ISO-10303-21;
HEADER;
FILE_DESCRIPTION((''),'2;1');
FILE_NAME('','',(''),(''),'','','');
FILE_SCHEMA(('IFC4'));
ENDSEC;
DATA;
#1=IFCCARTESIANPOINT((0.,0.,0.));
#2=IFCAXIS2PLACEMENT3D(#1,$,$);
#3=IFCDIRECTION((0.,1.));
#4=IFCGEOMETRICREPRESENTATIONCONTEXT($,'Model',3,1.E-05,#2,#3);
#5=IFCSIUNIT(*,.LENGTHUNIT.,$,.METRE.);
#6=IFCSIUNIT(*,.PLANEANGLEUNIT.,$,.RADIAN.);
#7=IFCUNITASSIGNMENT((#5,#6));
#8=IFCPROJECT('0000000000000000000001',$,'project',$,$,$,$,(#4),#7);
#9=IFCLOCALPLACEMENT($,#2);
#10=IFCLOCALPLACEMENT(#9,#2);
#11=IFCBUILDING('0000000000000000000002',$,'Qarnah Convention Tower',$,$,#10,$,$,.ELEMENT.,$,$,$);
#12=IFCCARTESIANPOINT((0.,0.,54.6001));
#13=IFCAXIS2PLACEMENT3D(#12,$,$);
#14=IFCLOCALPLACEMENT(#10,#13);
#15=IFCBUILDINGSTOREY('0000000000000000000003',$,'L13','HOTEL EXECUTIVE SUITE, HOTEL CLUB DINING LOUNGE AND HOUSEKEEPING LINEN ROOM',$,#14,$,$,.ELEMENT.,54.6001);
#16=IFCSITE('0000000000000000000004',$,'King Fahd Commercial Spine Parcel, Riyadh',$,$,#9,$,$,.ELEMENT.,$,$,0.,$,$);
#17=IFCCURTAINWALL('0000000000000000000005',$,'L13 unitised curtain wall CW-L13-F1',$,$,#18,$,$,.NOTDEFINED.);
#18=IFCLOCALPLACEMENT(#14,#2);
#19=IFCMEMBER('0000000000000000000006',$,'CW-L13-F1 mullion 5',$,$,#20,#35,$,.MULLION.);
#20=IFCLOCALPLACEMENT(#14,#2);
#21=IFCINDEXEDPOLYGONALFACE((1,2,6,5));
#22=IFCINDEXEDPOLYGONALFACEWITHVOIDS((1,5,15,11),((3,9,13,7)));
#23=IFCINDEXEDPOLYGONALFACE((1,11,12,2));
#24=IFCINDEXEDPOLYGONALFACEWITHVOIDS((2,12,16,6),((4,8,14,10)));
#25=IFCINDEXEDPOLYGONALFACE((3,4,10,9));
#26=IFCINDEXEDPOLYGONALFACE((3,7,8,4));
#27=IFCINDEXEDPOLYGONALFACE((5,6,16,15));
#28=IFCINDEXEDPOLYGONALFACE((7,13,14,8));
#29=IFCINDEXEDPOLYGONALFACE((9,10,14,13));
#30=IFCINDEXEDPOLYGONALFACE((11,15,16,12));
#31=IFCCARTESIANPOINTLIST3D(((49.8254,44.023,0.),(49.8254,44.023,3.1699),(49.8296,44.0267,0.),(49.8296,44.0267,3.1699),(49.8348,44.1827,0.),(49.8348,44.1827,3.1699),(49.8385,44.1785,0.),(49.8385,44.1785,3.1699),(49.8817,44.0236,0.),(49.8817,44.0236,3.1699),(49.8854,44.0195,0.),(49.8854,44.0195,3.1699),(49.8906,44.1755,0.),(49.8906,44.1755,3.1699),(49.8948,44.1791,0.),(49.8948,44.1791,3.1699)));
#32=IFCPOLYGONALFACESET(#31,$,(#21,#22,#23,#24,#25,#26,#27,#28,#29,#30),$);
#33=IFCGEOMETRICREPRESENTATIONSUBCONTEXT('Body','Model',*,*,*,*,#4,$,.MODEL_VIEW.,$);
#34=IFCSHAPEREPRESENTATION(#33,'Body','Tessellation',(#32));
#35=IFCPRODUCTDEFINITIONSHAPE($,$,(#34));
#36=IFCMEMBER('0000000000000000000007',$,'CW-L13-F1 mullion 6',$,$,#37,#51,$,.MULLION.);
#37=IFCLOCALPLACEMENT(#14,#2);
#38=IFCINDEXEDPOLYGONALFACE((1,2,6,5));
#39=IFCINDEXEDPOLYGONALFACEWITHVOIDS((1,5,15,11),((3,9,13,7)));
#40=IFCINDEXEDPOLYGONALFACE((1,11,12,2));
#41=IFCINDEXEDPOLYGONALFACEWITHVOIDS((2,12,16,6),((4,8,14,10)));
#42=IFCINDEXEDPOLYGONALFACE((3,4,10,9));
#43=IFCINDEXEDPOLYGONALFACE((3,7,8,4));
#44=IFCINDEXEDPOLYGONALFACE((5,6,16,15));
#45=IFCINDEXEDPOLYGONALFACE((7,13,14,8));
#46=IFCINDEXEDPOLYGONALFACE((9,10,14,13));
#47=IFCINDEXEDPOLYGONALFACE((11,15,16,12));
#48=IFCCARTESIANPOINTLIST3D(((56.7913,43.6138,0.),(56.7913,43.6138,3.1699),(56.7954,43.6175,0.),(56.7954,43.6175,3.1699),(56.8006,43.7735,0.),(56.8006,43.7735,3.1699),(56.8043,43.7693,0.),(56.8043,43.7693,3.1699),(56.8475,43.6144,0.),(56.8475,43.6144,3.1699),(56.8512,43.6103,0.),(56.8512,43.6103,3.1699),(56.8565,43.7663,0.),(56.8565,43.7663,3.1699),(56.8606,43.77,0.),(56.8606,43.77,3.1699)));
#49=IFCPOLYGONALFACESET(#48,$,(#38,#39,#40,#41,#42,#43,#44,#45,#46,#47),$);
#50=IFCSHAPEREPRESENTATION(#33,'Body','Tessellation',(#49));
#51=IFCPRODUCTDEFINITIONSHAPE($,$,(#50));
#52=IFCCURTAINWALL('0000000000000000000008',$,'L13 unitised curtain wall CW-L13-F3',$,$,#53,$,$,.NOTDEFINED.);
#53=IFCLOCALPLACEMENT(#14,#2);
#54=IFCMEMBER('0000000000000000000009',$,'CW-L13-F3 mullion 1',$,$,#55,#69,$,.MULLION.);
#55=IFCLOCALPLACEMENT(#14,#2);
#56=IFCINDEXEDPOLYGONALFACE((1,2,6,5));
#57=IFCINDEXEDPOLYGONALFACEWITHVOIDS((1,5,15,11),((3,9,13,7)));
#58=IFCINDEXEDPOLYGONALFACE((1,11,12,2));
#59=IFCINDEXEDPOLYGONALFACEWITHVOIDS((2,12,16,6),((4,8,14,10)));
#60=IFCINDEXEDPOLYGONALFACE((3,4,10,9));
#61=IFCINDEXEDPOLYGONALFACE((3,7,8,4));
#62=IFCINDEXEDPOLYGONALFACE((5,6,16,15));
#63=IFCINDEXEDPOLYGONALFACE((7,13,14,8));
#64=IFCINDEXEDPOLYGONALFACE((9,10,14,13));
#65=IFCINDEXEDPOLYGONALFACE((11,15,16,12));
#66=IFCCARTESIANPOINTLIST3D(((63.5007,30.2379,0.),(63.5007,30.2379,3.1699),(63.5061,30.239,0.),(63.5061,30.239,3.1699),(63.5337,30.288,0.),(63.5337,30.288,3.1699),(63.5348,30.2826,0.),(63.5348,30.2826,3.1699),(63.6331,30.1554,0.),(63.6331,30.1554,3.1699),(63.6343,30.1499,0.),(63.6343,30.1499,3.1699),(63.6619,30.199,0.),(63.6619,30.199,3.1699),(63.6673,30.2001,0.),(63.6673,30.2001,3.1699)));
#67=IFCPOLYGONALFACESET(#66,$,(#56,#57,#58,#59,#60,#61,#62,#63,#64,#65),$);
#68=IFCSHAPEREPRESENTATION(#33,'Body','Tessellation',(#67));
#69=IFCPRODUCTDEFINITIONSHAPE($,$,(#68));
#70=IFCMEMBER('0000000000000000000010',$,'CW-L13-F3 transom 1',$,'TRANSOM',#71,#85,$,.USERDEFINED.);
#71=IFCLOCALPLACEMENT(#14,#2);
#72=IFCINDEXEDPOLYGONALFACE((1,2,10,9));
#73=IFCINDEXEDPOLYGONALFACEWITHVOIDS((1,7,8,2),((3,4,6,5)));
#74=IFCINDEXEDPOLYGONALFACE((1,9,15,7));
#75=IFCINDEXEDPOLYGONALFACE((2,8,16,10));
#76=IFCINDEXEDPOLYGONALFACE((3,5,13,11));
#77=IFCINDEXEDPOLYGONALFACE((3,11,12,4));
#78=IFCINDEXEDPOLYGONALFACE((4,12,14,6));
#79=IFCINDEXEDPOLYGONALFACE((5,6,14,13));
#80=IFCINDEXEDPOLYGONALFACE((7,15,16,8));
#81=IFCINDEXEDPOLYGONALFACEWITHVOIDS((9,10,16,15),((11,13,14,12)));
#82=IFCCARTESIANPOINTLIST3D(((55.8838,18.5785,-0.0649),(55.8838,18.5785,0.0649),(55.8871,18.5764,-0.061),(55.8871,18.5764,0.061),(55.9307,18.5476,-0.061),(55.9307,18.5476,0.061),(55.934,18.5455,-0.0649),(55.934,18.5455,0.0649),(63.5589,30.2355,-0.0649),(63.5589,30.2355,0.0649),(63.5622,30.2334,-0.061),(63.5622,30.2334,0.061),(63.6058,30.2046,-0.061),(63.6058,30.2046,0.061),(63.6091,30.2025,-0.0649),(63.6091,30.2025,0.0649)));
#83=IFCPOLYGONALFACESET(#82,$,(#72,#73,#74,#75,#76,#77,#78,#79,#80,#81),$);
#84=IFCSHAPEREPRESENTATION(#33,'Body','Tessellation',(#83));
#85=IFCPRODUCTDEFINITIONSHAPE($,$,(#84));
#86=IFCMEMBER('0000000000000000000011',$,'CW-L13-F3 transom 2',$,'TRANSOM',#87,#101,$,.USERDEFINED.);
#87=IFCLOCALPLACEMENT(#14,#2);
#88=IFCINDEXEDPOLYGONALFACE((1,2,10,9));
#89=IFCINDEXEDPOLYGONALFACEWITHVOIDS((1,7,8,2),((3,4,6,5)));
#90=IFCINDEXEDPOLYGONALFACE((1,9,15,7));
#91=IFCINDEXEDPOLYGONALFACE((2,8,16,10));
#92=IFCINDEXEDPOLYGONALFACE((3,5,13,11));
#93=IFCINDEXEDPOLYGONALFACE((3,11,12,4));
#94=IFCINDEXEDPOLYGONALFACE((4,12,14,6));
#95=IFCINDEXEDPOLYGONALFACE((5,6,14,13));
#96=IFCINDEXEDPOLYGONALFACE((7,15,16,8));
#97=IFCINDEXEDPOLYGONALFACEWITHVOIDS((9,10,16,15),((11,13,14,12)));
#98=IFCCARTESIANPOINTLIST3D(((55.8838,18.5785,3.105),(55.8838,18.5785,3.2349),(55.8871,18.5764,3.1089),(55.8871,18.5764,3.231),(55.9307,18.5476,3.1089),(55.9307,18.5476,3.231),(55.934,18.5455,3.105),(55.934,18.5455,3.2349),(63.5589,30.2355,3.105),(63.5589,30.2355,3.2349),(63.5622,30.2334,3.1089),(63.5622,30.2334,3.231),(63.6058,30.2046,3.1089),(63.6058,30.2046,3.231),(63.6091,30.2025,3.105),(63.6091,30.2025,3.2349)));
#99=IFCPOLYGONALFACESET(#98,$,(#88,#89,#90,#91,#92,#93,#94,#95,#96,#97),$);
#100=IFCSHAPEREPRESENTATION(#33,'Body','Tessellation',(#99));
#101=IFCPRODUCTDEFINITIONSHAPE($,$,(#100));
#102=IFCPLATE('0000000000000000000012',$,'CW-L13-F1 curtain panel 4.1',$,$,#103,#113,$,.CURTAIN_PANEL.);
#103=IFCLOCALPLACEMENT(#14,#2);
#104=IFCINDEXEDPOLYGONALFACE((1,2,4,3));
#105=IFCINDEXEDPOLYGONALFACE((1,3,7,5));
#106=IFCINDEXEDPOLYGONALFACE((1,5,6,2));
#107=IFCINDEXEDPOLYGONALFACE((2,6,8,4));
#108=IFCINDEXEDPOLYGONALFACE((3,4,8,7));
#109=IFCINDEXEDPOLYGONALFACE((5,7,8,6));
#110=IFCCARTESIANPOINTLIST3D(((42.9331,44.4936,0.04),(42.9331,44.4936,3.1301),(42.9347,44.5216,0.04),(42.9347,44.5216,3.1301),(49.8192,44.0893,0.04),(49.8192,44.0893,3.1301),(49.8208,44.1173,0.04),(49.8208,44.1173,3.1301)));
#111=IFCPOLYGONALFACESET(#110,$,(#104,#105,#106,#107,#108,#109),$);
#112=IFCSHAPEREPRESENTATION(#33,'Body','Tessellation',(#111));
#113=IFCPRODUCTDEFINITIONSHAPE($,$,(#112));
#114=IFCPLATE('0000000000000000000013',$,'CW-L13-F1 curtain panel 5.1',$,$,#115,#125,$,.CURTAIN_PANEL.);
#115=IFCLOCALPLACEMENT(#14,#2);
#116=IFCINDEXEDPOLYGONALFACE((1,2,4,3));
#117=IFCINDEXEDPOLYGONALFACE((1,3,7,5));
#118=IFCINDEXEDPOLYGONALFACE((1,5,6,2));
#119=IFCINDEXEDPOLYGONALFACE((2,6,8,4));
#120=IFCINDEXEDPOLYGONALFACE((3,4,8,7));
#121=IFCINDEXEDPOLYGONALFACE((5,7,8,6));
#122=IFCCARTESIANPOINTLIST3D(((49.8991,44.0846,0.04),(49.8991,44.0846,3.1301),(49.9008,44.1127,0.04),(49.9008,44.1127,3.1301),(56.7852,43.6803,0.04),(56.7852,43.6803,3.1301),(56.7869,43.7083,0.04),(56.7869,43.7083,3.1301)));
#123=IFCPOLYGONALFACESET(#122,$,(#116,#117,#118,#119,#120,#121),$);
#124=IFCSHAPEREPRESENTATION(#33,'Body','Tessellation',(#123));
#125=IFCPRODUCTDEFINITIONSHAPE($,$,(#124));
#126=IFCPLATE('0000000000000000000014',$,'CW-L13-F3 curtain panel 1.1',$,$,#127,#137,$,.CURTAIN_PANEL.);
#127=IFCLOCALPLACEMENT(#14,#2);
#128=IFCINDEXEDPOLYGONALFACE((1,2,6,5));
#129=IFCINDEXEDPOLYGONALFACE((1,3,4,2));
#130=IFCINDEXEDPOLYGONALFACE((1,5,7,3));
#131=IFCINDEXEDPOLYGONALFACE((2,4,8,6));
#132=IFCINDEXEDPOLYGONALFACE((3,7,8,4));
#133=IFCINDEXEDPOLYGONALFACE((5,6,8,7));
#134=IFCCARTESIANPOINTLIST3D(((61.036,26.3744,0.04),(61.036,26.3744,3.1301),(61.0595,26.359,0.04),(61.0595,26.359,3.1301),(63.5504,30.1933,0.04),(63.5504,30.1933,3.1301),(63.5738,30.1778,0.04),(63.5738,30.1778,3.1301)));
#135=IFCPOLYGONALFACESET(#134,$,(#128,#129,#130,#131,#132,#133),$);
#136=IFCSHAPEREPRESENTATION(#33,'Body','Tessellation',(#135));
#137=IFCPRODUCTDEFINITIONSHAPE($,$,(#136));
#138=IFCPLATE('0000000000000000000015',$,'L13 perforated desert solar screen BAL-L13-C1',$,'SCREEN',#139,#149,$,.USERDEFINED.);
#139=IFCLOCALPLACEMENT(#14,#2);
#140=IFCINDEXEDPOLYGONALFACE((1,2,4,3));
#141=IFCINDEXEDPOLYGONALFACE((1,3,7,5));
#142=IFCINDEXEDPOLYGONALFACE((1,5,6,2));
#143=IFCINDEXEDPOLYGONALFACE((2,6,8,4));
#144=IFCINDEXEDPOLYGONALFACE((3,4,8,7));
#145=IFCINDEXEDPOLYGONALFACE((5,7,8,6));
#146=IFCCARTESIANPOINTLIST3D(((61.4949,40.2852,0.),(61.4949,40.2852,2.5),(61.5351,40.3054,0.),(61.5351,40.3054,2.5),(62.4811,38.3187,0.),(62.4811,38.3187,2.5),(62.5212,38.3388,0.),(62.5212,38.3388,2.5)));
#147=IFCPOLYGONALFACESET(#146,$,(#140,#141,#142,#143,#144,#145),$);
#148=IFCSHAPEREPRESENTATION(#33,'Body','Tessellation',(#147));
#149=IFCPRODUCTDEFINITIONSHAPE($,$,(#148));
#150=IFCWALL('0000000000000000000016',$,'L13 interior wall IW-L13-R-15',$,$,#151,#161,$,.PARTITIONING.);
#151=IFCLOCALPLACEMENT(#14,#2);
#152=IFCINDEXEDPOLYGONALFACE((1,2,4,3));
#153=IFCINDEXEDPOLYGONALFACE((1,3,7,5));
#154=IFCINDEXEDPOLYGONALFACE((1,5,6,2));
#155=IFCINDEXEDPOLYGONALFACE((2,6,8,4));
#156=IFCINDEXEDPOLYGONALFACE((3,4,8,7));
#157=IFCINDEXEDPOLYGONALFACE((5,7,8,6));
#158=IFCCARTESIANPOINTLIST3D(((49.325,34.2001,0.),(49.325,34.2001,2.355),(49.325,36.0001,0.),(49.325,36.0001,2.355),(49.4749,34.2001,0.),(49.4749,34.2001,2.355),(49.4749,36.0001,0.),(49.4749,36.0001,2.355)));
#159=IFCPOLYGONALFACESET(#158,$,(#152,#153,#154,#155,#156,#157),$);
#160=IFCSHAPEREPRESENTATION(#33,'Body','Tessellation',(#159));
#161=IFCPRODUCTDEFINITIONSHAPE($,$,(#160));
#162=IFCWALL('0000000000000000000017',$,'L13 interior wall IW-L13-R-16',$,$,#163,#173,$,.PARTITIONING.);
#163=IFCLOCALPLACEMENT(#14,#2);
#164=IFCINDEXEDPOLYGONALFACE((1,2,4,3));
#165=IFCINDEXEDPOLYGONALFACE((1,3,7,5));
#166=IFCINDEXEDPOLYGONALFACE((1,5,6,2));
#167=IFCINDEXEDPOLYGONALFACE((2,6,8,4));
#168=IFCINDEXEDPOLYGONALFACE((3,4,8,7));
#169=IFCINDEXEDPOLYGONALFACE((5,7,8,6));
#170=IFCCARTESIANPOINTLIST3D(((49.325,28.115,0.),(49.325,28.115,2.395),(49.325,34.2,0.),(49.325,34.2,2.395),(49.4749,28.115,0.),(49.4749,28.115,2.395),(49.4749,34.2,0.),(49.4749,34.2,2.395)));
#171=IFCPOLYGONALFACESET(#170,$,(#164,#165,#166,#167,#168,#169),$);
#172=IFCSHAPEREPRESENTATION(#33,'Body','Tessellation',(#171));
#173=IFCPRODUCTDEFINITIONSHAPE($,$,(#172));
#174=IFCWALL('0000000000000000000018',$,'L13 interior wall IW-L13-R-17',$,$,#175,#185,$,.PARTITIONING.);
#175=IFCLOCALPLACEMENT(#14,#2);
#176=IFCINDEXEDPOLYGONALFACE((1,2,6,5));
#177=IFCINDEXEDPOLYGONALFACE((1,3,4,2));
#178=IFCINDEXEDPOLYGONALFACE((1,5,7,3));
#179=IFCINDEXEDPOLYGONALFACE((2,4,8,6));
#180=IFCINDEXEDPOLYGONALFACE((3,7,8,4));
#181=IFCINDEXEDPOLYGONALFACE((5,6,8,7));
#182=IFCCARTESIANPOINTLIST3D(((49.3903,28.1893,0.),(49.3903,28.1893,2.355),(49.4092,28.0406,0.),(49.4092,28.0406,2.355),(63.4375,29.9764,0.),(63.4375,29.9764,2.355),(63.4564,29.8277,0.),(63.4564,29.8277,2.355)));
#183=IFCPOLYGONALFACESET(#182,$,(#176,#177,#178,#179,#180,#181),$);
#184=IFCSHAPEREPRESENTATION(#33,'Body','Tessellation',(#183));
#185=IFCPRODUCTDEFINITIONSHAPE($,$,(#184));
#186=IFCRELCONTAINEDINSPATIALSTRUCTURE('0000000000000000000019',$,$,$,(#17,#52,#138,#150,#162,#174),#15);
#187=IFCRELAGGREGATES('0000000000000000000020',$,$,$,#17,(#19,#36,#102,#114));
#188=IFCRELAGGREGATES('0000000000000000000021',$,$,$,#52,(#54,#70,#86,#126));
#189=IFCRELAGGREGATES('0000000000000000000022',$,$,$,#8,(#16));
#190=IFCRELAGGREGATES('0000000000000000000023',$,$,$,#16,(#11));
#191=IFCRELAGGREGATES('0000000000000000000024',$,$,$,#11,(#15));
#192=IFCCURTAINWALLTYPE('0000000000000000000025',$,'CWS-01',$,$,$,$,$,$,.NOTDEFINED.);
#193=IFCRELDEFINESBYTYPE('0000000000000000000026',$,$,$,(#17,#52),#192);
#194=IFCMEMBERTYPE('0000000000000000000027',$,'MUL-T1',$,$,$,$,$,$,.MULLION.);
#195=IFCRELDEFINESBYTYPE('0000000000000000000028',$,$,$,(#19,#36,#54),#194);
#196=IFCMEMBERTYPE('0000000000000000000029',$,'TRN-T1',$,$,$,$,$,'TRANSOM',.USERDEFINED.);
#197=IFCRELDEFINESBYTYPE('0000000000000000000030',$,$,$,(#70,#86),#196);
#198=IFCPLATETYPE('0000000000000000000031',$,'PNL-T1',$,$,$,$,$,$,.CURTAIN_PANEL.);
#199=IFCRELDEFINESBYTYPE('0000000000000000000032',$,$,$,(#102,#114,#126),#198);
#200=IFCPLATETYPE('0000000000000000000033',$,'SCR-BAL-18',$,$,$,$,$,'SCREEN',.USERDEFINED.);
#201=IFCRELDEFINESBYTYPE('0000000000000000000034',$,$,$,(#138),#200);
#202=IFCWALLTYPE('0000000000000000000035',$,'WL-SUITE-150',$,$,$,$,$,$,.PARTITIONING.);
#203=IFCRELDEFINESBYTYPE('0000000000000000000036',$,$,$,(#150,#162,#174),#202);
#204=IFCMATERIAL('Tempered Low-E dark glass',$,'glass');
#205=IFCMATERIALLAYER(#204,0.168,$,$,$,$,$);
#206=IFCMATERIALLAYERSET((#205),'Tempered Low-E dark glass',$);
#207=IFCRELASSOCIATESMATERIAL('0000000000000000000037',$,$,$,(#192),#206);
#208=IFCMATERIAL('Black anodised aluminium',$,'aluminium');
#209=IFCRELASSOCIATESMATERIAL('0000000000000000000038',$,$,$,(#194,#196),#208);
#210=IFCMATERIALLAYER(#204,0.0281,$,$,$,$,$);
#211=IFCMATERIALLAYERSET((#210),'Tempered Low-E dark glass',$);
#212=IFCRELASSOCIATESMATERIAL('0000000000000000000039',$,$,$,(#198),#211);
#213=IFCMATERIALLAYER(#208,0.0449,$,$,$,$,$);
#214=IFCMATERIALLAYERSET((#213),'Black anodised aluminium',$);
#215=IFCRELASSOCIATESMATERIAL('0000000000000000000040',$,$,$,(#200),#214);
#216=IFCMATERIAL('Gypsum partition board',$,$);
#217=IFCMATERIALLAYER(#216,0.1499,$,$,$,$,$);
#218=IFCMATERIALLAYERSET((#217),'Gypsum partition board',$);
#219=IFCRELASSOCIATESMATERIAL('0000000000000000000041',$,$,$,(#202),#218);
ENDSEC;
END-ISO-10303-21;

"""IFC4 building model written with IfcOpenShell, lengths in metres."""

from ifc_helpers import new_model, si_unit, direction, frame, frame_2d, origin, origin_2d, place, context, subcontext, project, spatial, rectangle, hollow_rectangle, extrude, material, layer, layer_set, material_profile, profile_set, type_object, element, aggregate, save


model = new_model("IFC4")

# Units and contexts
model_context = context("Model", 3, precision=1e-05, world=origin(), true_north=direction((0.0, 1.0)))
body_context = subcontext(model_context, "Body", "Model", "MODEL_VIEW")
ifc_project = project(units=[si_unit("LENGTHUNIT", "METRE"), si_unit("PLANEANGLEUNIT", "RADIAN")], contexts=[model_context])

# Site, building, storey
site_placement = place(None, origin())
site = spatial("IfcSite", under=ifc_project, at=site_placement, Name="King Fahd Commercial Spine Parcel, Riyadh", CompositionType="ELEMENT", RefElevation=0.0)
building_placement = place(site_placement, origin())
building = spatial("IfcBuilding", under=site, at=building_placement, Name="Qarnah Convention Tower", CompositionType="ELEMENT")
storey_placement = place(building_placement, frame((0.0, 0.0, 54.6001)))
storey = spatial("IfcBuildingStorey", under=building, at=storey_placement, Name="L13", Description="HOTEL EXECUTIVE SUITE, HOTEL CLUB DINING LOUNGE AND HOUSEKEEPING LINEN ROOM", CompositionType="ELEMENT", Elevation=54.6001)

# Curtain walls, members
ifc_material_1 = material(Name="Tempered Low-E dark glass", Category="glass")
ifc_layer_1 = layer(ifc_material_1, 0.168)
ifc_layer_set_1 = layer_set([ifc_layer_1], Name="Tempered Low-E dark glass")
curtain_wall_type = type_object("IfcCurtainWallType", Name="CWS-01", PredefinedType="NOTDEFINED", material=ifc_layer_set_1)
curtain_wall_1_placement = place(storey_placement, origin())
curtain_wall_1 = element("IfcCurtainWall", 1, at=curtain_wall_1_placement, inside=storey, type_object=curtain_wall_type, Name="L13 unitised curtain wall CW-L13-F1", PredefinedType="NOTDEFINED")
ifc_material_2 = material(Name="Black anodised aluminium", Category="aluminium")
ifc_material_profile_1 = material_profile(ifc_material_2, hollow_rectangle(XDim=0.0601, YDim=0.1599, WallThickness=0.0039, at=origin_2d()), Name="MUL-60X160")
ifc_profile_set_1 = profile_set([ifc_material_profile_1], Name="Black anodised aluminium")
member_type_1 = type_object("IfcMemberType", Name="MUL-T1", PredefinedType="MULLION", material=ifc_profile_set_1)
member_1_placement = place(storey_placement, frame((49.8601, 44.1011, 0.0), z_axis=(0.0, 0.0, 1.0), x_axis=(0.998281, -0.058613, 0.0)))
member_1 = element("IfcMember", 2, at=member_1_placement, type_object=member_type_1, Name="CW-L13-F1 mullion 5", PredefinedType="MULLION", context=body_context, shape_type="SweptSolid", body=[
    extrude(hollow_rectangle(XDim=0.0601, YDim=0.1599, WallThickness=0.0039, at=origin_2d()), origin(), (0.0, 0.0, 1.0), 3.1699),
])
member_2_placement = place(storey_placement, frame((56.8259, 43.6919, 0.0), z_axis=(0.0, 0.0, 1.0), x_axis=(0.998281, -0.058613, 0.0)))
member_2 = element("IfcMember", 3, at=member_2_placement, type_object=member_type_1, Name="CW-L13-F1 mullion 6", PredefinedType="MULLION", context=body_context, shape_type="SweptSolid", body=[
    extrude(hollow_rectangle(XDim=0.0601, YDim=0.1599, WallThickness=0.0039, at=origin_2d()), origin(), (0.0, 0.0, 1.0), 3.1699),
])
curtain_wall_2_placement = place(storey_placement, origin())
curtain_wall_2 = element("IfcCurtainWall", 4, at=curtain_wall_2_placement, inside=storey, type_object=curtain_wall_type, Name="L13 unitised curtain wall CW-L13-F3", PredefinedType="NOTDEFINED")
member_3_placement = place(storey_placement, frame((63.584, 30.219, 0.0), z_axis=(0.0, 0.0, 1.0), x_axis=(-0.549913, -0.835222, 0.0)))
member_3 = element("IfcMember", 5, at=member_3_placement, type_object=member_type_1, Name="CW-L13-F3 mullion 1", PredefinedType="MULLION", context=body_context, shape_type="SweptSolid", body=[
    extrude(hollow_rectangle(XDim=0.0601, YDim=0.1599, WallThickness=0.0039, at=origin_2d()), origin(), (0.0, 0.0, 1.0), 3.1699),
])
ifc_material_profile_2 = material_profile(ifc_material_2, hollow_rectangle(XDim=0.0601, YDim=0.1299, WallThickness=0.0039, at=origin_2d()), Name="TRN-60X130")
ifc_profile_set_2 = profile_set([ifc_material_profile_2], Name="Black anodised aluminium")
member_type_2 = type_object("IfcMemberType", Name="TRN-T1", ElementType="TRANSOM", PredefinedType="USERDEFINED", material=ifc_profile_set_2)
member_4_placement = place(storey_placement, frame((63.584, 30.219, 0.0), z_axis=(-0.549916, -0.83522, 0.0), x_axis=(0.83522, -0.549916, 0.0)))
member_4 = element("IfcMember", 6, at=member_4_placement, type_object=member_type_2, Name="CW-L13-F3 transom 1", ObjectType="TRANSOM", PredefinedType="USERDEFINED", context=body_context, shape_type="SweptSolid", body=[
    extrude(hollow_rectangle(XDim=0.0601, YDim=0.1299, WallThickness=0.0039, at=origin_2d()), origin(), (0.0, 0.0, 1.0), 13.9568),
])
member_5_placement = place(storey_placement, frame((63.584, 30.219, 3.1699), z_axis=(-0.549916, -0.83522, 0.0), x_axis=(0.83522, -0.549916, 0.0)))
member_5 = element("IfcMember", 7, at=member_5_placement, type_object=member_type_2, Name="CW-L13-F3 transom 2", ObjectType="TRANSOM", PredefinedType="USERDEFINED", context=body_context, shape_type="SweptSolid", body=[
    extrude(hollow_rectangle(XDim=0.0601, YDim=0.1299, WallThickness=0.0039, at=origin_2d()), origin(), (0.0, 0.0, 1.0), 13.9568),
])

# Plates
ifc_layer_2 = layer(ifc_material_1, 0.0281)
ifc_layer_set_2 = layer_set([ifc_layer_2], Name="Tempered Low-E dark glass")
plate_type_1 = type_object("IfcPlateType", Name="PNL-T1", PredefinedType="CURTAIN_PANEL", material=ifc_layer_set_2)
plate_1_placement = place(storey_placement, frame((46.377, 44.3054, 0.04), z_axis=(0.0, 0.0, 1.0), x_axis=(0.998281, -0.058613, 0.0)))
plate_1 = element("IfcPlate", 8, at=plate_1_placement, type_object=plate_type_1, Name="CW-L13-F1 curtain panel 4.1", PredefinedType="CURTAIN_PANEL", context=body_context, shape_type="SweptSolid", body=[
    extrude(rectangle(XDim=6.8979, YDim=0.0281, at=origin_2d()), origin(), (0.0, 0.0, 1.0), 3.0901),
])
plate_2_placement = place(storey_placement, frame((53.343, 43.8965, 0.04), z_axis=(0.0, 0.0, 1.0), x_axis=(0.998281, -0.058613, 0.0)))
plate_2 = element("IfcPlate", 9, at=plate_2_placement, type_object=plate_type_1, Name="CW-L13-F1 curtain panel 5.1", PredefinedType="CURTAIN_PANEL", context=body_context, shape_type="SweptSolid", body=[
    extrude(rectangle(XDim=6.8979, YDim=0.0281, at=origin_2d()), origin(), (0.0, 0.0, 1.0), 3.0901),
])
aggregate(curtain_wall_1, [member_1, member_2, plate_1, plate_2])
plate_3_placement = place(storey_placement, frame((62.3049, 28.2761, 0.04), z_axis=(0.0, 0.0, 1.0), x_axis=(-0.549913, -0.835222, 0.0)))
plate_3 = element("IfcPlate", 10, at=plate_3_placement, type_object=plate_type_1, Name="CW-L13-F3 curtain panel 1.1", PredefinedType="CURTAIN_PANEL", context=body_context, shape_type="SweptSolid", body=[
    extrude(rectangle(XDim=4.5723, YDim=0.0281, at=origin_2d()), origin(), (0.0, 0.0, 1.0), 3.0901),
])
aggregate(curtain_wall_2, [member_3, member_4, member_5, plate_3])
ifc_layer_3 = layer(ifc_material_2, 0.0449)
ifc_layer_set_3 = layer_set([ifc_layer_3], Name="Black anodised aluminium")
plate_type_2 = type_object("IfcPlateType", Name="SCR-BAL-18", ElementType="SCREEN", PredefinedType="USERDEFINED", material=ifc_layer_set_3)
plate_4_placement = place(storey_placement, frame((62.0081, 39.312, 0.0), z_axis=(0.0, 0.0, 1.0), x_axis=(0.448257, -0.893905, 0.0)))
element("IfcPlate", 11, at=plate_4_placement, inside=storey, type_object=plate_type_2, Name="L13 perforated desert solar screen BAL-L13-C1", ObjectType="SCREEN", PredefinedType="USERDEFINED", context=body_context, shape_type="SweptSolid", body=[
    extrude(rectangle(XDim=2.2, YDim=0.0449, at=origin_2d()), origin(), (0.0, 0.0, 1.0), 2.5),
])

# Walls
ifc_material_3 = material(Name="Gypsum partition board")
ifc_layer_4 = layer(ifc_material_3, 0.1499)
ifc_layer_set_4 = layer_set([ifc_layer_4], Name="Gypsum partition board")
wall_type_1 = type_object("IfcWallType", Name="WL-SUITE-150", PredefinedType="PARTITIONING", material=ifc_layer_set_4)
wall_1_placement = place(storey_placement, frame((49.3999, 36.0, 0.0), z_axis=(0.0, 0.0, 1.0), x_axis=(0.0, -1.0, 0.0)))
element("IfcWall", 12, at=wall_1_placement, inside=storey, type_object=wall_type_1, Name="L13 interior wall IW-L13-R-15", PredefinedType="PARTITIONING", context=body_context, shape_type="SweptSolid", body=[
    extrude(rectangle(XDim=1.8, YDim=0.1499, at=frame_2d((0.8999, 0.0))), origin(), (0.0, 0.0, 1.0), 2.355),
])
wall_2_placement = place(storey_placement, frame((49.3999, 34.2, 0.0), z_axis=(0.0, 0.0, 1.0), x_axis=(0.0, -1.0, 0.0)))
element("IfcWall", 13, at=wall_2_placement, inside=storey, type_object=wall_type_1, Name="L13 interior wall IW-L13-R-16", PredefinedType="PARTITIONING", context=body_context, shape_type="SweptSolid", body=[
    extrude(rectangle(XDim=6.085, YDim=0.1499, at=frame_2d((3.0425, 0.0))), origin(), (0.0, 0.0, 1.0), 2.395),
])
wall_3_placement = place(storey_placement, frame((49.3999, 28.115, 0.0), z_axis=(0.0, 0.0, 1.0), x_axis=(0.992004, 0.126205, 0.0)))
element("IfcWall", 14, at=wall_3_placement, inside=storey, type_object=wall_type_1, Name="L13 interior wall IW-L13-R-17", PredefinedType="PARTITIONING", context=body_context, shape_type="SweptSolid", body=[
    extrude(rectangle(XDim=14.1604, YDim=0.1499, at=frame_2d((7.0801, 0.0))), origin(), (0.0, 0.0, 1.0), 2.355),
])

save(model, "model.ifc")
